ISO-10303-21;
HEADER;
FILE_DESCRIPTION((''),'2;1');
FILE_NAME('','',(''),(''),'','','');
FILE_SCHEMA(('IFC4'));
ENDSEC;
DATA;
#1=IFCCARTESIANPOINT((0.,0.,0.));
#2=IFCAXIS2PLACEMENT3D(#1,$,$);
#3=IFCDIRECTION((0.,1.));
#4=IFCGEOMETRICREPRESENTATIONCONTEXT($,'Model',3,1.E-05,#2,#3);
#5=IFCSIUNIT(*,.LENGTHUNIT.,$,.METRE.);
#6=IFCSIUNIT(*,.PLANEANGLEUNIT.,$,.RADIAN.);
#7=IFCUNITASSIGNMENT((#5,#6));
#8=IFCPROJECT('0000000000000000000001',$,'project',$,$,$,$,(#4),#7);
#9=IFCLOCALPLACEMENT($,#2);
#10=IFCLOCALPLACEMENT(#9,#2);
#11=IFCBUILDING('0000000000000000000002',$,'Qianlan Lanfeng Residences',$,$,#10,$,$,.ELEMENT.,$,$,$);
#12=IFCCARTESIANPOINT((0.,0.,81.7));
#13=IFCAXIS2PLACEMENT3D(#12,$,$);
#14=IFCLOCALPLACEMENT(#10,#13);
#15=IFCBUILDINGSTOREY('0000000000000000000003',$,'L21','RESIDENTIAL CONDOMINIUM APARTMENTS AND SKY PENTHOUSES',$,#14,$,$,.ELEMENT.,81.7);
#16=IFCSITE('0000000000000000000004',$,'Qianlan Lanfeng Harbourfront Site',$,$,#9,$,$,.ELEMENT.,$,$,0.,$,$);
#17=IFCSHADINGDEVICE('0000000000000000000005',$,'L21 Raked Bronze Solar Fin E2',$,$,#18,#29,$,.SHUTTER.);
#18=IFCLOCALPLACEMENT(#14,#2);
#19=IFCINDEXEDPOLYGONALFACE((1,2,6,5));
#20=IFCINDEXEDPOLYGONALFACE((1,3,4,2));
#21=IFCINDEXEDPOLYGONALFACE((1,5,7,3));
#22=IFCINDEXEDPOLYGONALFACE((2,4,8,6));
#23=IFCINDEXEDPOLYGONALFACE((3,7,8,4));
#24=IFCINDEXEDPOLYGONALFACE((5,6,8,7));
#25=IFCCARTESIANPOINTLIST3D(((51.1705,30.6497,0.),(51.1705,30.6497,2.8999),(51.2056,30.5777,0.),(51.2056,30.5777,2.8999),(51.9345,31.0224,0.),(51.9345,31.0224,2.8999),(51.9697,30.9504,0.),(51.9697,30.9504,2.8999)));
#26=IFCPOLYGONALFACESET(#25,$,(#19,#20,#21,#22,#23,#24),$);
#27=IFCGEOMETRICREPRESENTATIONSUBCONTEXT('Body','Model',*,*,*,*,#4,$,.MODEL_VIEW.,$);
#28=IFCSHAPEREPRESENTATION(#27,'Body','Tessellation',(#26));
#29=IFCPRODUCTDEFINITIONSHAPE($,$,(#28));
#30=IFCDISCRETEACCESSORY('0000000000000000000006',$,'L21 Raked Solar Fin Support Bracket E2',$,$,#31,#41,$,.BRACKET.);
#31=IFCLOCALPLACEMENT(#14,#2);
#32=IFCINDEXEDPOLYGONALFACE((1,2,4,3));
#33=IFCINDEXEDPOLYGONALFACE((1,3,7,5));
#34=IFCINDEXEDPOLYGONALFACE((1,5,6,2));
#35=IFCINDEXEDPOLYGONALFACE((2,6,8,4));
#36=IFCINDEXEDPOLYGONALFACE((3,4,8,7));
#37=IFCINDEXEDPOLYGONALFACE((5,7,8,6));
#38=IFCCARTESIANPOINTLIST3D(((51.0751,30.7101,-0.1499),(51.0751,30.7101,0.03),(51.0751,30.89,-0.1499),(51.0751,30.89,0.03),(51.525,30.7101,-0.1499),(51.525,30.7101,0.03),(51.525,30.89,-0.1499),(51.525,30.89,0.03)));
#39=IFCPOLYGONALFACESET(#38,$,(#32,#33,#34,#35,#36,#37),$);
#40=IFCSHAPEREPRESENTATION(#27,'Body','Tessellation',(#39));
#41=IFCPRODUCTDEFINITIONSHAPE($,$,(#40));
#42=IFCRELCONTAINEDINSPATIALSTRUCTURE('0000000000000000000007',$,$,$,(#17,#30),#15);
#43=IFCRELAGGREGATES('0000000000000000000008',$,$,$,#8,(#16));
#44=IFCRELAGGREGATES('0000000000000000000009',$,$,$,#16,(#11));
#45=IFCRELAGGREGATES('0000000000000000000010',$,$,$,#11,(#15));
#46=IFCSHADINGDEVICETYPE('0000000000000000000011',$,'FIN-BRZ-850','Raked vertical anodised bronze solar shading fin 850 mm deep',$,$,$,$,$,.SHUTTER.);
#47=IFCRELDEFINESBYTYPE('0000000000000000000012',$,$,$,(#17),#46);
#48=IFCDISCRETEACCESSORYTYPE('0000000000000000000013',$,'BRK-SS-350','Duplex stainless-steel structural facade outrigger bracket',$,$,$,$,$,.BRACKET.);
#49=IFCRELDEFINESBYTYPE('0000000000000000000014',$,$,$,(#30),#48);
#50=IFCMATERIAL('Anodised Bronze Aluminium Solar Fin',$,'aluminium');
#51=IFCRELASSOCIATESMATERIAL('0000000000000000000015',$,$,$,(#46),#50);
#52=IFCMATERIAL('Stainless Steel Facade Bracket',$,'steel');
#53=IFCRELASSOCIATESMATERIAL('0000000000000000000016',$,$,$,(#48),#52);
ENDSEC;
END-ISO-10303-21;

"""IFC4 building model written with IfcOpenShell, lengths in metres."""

from ifc_helpers import new_model, si_unit, direction, frame, origin, origin_2d, place, context, subcontext, project, spatial, rectangle, extrude, source, transform, mapped, material, type_object, element, save


model = new_model("IFC4")

# Units and contexts
model_context = context("Model", 3, precision=1e-05, world=origin(), true_north=direction((0.0, 1.0)))
body_context = subcontext(model_context, "Body", "Model", "MODEL_VIEW")
ifc_project = project(units=[si_unit("LENGTHUNIT", "METRE"), si_unit("PLANEANGLEUNIT", "RADIAN")], contexts=[model_context])

# Site, building, storey
site_placement = place(None, origin())
site = spatial("IfcSite", under=ifc_project, at=site_placement, Name="Qianlan Lanfeng Harbourfront Site", CompositionType="ELEMENT", RefElevation=0.0)
building_placement = place(site_placement, origin())
building = spatial("IfcBuilding", under=site, at=building_placement, Name="Qianlan Lanfeng Residences", CompositionType="ELEMENT")
storey_placement = place(building_placement, frame((0.0, 0.0, 81.7)))
storey = spatial("IfcBuildingStorey", under=building, at=storey_placement, Name="L21", Description="RESIDENTIAL CONDOMINIUM APARTMENTS AND SKY PENTHOUSES", CompositionType="ELEMENT", Elevation=81.7)

# Shading device
ifc_material_1 = material(Name="Anodised Bronze Aluminium Solar Fin", Category="aluminium")
shading_device_type = type_object("IfcShadingDeviceType", Name="FIN-BRZ-850", Description="Raked vertical anodised bronze solar shading fin 850 mm deep", PredefinedType="SHUTTER", material=ifc_material_1)
shared_shape_1 = source(origin(), body_context, "Body", "SweptSolid", [
    extrude(rectangle(XDim=0.8501, YDim=0.0801, at=origin_2d()), origin(), (0.0, 0.0, 1.0), 2.8999),
])
for number, where, z_axis, x_axis, name in (
    (1, (51.5701, 30.8, 0.0), (0.0, 0.0, 1.0), (0.898794, 0.438371, 0.0), "L21 Raked Bronze Solar Fin E2"),
):
    element("IfcShadingDevice", number, at=place(storey_placement, frame(where, z_axis=z_axis, x_axis=x_axis)), inside=storey, type_object=shading_device_type, Name=name, PredefinedType="SHUTTER", context=body_context, shape_type="MappedRepresentation", body=[
        mapped(shared_shape_1, transform((0.0, 0.0, 0.0), scale=1.0)),
    ])

# Discrete accessory
ifc_material_2 = material(Name="Stainless Steel Facade Bracket", Category="steel")
discrete_accessory_type = type_object("IfcDiscreteAccessoryType", Name="BRK-SS-350", Description="Duplex stainless-steel structural facade outrigger bracket", PredefinedType="BRACKET", material=ifc_material_2)
shared_shape_2 = source(origin(), body_context, "Body", "SweptSolid", [
    extrude(rectangle(XDim=0.45, YDim=0.1799, at=origin_2d()), origin(), (0.0, 0.0, 1.0), 0.1799),
])
discrete_accessory_placement = place(storey_placement, frame((51.3, 30.8, -0.1499), z_axis=(0.0, 0.0, 1.0), x_axis=(1.0, 0.0, 0.0)))
element("IfcDiscreteAccessory", 2, at=discrete_accessory_placement, inside=storey, type_object=discrete_accessory_type, Name="L21 Raked Solar Fin Support Bracket E2", PredefinedType="BRACKET", context=body_context, shape_type="MappedRepresentation", body=[
    mapped(shared_shape_2, transform((0.0, 0.0, 0.0), scale=1.0)),
])

save(model, "model.ifc")
